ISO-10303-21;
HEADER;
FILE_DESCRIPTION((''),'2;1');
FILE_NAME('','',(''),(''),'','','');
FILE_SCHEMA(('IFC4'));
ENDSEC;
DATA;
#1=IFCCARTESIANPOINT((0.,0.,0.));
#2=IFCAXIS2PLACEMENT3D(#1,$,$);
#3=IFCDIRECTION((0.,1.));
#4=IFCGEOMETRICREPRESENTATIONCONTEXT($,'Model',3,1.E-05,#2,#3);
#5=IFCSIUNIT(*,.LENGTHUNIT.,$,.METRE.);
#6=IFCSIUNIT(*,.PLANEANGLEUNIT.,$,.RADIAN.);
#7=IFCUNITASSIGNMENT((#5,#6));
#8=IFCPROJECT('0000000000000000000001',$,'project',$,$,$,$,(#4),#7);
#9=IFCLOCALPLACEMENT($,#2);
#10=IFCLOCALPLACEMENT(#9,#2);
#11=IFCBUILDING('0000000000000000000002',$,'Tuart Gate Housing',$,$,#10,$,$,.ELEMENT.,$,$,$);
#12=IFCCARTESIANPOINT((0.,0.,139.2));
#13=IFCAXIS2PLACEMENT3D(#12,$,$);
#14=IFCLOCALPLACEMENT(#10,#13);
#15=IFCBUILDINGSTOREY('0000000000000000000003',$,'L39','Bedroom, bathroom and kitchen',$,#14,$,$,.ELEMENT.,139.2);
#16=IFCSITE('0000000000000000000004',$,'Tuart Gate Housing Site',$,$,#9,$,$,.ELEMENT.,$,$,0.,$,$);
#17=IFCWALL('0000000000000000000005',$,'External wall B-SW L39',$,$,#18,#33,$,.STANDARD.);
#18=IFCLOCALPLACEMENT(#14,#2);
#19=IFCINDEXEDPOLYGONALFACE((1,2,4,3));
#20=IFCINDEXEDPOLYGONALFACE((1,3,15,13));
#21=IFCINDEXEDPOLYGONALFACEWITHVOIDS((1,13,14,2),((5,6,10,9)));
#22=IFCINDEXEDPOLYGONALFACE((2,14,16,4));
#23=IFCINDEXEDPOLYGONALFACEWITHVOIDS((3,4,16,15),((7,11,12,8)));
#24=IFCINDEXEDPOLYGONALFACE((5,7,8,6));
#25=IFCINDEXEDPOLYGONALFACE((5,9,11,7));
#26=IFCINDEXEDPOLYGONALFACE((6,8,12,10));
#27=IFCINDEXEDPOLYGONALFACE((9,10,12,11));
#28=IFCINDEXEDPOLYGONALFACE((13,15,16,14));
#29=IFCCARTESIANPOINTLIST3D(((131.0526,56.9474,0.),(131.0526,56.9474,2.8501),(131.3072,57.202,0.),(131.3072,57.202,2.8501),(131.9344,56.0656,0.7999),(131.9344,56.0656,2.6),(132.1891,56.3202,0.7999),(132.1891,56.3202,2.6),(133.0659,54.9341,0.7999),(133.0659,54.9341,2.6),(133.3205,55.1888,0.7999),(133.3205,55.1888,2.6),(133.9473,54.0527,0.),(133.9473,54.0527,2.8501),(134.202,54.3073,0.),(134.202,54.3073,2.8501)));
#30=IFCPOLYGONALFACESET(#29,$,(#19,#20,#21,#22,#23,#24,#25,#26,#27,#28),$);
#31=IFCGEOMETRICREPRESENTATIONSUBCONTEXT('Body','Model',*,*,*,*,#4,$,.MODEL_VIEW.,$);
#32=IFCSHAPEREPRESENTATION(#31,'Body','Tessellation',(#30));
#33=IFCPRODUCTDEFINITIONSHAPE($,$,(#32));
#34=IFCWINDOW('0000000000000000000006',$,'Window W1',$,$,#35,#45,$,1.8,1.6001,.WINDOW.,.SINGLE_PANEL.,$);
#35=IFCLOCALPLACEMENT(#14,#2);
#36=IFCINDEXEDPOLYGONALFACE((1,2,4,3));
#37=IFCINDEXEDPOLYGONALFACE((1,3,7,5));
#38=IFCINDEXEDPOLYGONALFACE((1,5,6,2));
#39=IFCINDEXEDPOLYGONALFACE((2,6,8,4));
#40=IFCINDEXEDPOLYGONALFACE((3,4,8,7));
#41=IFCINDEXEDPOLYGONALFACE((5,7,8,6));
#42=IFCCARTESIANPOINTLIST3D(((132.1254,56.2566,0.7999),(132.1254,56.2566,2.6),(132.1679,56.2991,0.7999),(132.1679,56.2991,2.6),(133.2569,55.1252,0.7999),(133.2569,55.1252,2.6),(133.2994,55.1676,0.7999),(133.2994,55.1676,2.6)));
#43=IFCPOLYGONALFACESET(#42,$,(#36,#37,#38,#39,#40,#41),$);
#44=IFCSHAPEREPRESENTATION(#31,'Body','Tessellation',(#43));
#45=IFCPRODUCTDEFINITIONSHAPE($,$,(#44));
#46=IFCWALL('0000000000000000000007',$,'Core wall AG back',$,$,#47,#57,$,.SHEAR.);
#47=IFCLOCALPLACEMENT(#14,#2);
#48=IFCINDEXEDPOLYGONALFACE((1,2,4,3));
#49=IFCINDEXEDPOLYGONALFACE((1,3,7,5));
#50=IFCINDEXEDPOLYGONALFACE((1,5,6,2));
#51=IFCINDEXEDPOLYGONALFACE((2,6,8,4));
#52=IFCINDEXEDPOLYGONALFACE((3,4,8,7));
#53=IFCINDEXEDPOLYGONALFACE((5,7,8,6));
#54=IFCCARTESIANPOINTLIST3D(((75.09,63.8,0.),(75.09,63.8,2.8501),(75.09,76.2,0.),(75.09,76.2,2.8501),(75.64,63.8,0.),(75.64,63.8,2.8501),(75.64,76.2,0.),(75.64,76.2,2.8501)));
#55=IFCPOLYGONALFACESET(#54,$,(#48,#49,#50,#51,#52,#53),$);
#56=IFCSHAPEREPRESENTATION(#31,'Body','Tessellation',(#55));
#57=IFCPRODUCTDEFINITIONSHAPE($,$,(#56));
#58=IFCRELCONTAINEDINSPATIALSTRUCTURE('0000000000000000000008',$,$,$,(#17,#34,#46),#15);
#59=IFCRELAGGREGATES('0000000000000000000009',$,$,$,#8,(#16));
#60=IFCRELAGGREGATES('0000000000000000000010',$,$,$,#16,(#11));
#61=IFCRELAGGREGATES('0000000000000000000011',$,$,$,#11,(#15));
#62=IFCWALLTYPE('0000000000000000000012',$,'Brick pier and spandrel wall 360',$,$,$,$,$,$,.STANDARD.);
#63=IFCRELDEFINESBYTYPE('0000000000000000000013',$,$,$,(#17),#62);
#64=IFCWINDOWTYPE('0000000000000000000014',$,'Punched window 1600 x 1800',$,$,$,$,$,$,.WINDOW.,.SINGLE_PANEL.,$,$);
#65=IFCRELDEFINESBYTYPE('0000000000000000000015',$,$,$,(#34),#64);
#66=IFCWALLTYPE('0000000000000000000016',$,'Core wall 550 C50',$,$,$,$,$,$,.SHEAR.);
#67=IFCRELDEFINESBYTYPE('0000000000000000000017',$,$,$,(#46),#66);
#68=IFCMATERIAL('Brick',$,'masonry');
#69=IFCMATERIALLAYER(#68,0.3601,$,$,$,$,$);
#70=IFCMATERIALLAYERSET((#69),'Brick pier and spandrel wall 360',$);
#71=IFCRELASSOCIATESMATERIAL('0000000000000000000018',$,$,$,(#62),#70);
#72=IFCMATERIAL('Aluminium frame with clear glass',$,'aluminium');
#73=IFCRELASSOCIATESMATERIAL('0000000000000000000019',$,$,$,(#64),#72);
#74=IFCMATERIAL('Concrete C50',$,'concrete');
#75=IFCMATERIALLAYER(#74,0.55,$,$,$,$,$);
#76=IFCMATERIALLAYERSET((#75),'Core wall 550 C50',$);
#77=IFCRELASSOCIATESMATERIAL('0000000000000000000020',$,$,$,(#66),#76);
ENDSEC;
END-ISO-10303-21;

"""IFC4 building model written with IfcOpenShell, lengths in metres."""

from ifc_helpers import new_model, si_unit, direction, frame, frame_2d, origin, place, context, subcontext, project, spatial, rectangle, extrude, material, layer, layer_set, type_object, element, fill, save


model = new_model("IFC4")

# Units and contexts
model_context = context("Model", 3, precision=1e-05, world=origin(), true_north=direction((0.0, 1.0)))
body_context = subcontext(model_context, "Body", "Model", "MODEL_VIEW")
ifc_project = project(units=[si_unit("LENGTHUNIT", "METRE"), si_unit("PLANEANGLEUNIT", "RADIAN")], contexts=[model_context])

# Site, building, storey
site_placement = place(None, origin())
site = spatial("IfcSite", under=ifc_project, at=site_placement, Name="Tuart Gate Housing Site", CompositionType="ELEMENT", RefElevation=0.0)
building_placement = place(site_placement, origin())
building = spatial("IfcBuilding", under=site, at=building_placement, Name="Tuart Gate Housing", CompositionType="ELEMENT")
storey_placement = place(building_placement, frame((0.0, 0.0, 139.2)))
storey = spatial("IfcBuildingStorey", under=building, at=storey_placement, Name="L39", Description="Bedroom, bathroom and kitchen", CompositionType="ELEMENT", Elevation=139.2)

# Shared definitions
ifc_material_1 = material(Name="Brick", Category="masonry")
ifc_layer_1 = layer(ifc_material_1, 0.3601)
ifc_layer_set_1 = layer_set([ifc_layer_1], Name="Brick pier and spandrel wall 360")
wall_type_1 = type_object("IfcWallType", Name="Brick pier and spandrel wall 360", PredefinedType="STANDARD", material=ifc_layer_set_1)
ifc_material_2 = material(Name="Aluminium frame with clear glass", Category="aluminium")
window_type = type_object("IfcWindowType", Name="Punched window 1600 x 1800", PartitioningType="SINGLE_PANEL", PredefinedType="WINDOW", material=ifc_material_2)

# Wall, opening, window
wall_1_placement = place(storey_placement, frame((131.1799, 57.0747, 0.0), z_axis=(0.0, 0.0, 1.0), x_axis=(0.707107, -0.707107, 0.0)))
wall_1 = element("IfcWall", 1, at=wall_1_placement, inside=storey, type_object=wall_type_1, Name="External wall B-SW L39", PredefinedType="STANDARD", context=body_context, shape_type="SweptSolid", body=[
    extrude(rectangle(XDim=4.0938, YDim=0.3601, at=frame_2d((2.0469, 0.0))), origin(), (0.0, 0.0, 1.0), 2.8501),
])
opening_1_placement = place(wall_1_placement, frame((1.2471, 0.0, 0.8)))
opening_1 = element("IfcOpeningElement", 2, at=opening_1_placement, cuts=wall_1, PredefinedType="OPENING", context=body_context, shape_type="SweptSolid", body=[
    extrude(rectangle(XDim=1.6001, YDim=1.8, at=frame_2d((0.8, 0.8999))), frame((0.0, 0.1899, 0.0), z_axis=(0.0, -1.0, 0.0), x_axis=(1.0, 0.0, 0.0)), (0.0, 0.0, 1.0), 0.3801),
])
window_1_placement = place(opening_1_placement, origin())
window_1 = element("IfcWindow", 3, at=window_1_placement, inside=storey, type_object=window_type, Name="Window W1", OverallHeight=1.8, OverallWidth=1.6001, PartitioningType="SINGLE_PANEL", PredefinedType="WINDOW", context=body_context, shape_type="SweptSolid", body=[
    extrude(rectangle(XDim=1.6001, YDim=1.8, at=frame_2d((0.8, 0.8999))), frame((0.0, 0.1501, 0.0), z_axis=(0.0, -1.0, 0.0), x_axis=(1.0, 0.0, 0.0)), (0.0, 0.0, 1.0), 0.0601),
])
fill(opening_1, window_1)

# Wall
ifc_material_3 = material(Name="Concrete C50", Category="concrete")
ifc_layer_2 = layer(ifc_material_3, 0.55)
ifc_layer_set_2 = layer_set([ifc_layer_2], Name="Core wall 550 C50")
wall_type_2 = type_object("IfcWallType", Name="Core wall 550 C50", PredefinedType="SHEAR", material=ifc_layer_set_2)
wall_2_placement = place(storey_placement, frame((75.365, 63.8, 0.0), z_axis=(0.0, 0.0, 1.0), x_axis=(0.0, 1.0, 0.0)))
element("IfcWall", 4, at=wall_2_placement, inside=storey, type_object=wall_type_2, Name="Core wall AG back", PredefinedType="SHEAR", context=body_context, shape_type="SweptSolid", body=[
    extrude(rectangle(XDim=12.3999, YDim=0.55, at=frame_2d((6.2, 0.0))), origin(), (0.0, 0.0, 1.0), 2.8501),
])

save(model, "model.ifc")
